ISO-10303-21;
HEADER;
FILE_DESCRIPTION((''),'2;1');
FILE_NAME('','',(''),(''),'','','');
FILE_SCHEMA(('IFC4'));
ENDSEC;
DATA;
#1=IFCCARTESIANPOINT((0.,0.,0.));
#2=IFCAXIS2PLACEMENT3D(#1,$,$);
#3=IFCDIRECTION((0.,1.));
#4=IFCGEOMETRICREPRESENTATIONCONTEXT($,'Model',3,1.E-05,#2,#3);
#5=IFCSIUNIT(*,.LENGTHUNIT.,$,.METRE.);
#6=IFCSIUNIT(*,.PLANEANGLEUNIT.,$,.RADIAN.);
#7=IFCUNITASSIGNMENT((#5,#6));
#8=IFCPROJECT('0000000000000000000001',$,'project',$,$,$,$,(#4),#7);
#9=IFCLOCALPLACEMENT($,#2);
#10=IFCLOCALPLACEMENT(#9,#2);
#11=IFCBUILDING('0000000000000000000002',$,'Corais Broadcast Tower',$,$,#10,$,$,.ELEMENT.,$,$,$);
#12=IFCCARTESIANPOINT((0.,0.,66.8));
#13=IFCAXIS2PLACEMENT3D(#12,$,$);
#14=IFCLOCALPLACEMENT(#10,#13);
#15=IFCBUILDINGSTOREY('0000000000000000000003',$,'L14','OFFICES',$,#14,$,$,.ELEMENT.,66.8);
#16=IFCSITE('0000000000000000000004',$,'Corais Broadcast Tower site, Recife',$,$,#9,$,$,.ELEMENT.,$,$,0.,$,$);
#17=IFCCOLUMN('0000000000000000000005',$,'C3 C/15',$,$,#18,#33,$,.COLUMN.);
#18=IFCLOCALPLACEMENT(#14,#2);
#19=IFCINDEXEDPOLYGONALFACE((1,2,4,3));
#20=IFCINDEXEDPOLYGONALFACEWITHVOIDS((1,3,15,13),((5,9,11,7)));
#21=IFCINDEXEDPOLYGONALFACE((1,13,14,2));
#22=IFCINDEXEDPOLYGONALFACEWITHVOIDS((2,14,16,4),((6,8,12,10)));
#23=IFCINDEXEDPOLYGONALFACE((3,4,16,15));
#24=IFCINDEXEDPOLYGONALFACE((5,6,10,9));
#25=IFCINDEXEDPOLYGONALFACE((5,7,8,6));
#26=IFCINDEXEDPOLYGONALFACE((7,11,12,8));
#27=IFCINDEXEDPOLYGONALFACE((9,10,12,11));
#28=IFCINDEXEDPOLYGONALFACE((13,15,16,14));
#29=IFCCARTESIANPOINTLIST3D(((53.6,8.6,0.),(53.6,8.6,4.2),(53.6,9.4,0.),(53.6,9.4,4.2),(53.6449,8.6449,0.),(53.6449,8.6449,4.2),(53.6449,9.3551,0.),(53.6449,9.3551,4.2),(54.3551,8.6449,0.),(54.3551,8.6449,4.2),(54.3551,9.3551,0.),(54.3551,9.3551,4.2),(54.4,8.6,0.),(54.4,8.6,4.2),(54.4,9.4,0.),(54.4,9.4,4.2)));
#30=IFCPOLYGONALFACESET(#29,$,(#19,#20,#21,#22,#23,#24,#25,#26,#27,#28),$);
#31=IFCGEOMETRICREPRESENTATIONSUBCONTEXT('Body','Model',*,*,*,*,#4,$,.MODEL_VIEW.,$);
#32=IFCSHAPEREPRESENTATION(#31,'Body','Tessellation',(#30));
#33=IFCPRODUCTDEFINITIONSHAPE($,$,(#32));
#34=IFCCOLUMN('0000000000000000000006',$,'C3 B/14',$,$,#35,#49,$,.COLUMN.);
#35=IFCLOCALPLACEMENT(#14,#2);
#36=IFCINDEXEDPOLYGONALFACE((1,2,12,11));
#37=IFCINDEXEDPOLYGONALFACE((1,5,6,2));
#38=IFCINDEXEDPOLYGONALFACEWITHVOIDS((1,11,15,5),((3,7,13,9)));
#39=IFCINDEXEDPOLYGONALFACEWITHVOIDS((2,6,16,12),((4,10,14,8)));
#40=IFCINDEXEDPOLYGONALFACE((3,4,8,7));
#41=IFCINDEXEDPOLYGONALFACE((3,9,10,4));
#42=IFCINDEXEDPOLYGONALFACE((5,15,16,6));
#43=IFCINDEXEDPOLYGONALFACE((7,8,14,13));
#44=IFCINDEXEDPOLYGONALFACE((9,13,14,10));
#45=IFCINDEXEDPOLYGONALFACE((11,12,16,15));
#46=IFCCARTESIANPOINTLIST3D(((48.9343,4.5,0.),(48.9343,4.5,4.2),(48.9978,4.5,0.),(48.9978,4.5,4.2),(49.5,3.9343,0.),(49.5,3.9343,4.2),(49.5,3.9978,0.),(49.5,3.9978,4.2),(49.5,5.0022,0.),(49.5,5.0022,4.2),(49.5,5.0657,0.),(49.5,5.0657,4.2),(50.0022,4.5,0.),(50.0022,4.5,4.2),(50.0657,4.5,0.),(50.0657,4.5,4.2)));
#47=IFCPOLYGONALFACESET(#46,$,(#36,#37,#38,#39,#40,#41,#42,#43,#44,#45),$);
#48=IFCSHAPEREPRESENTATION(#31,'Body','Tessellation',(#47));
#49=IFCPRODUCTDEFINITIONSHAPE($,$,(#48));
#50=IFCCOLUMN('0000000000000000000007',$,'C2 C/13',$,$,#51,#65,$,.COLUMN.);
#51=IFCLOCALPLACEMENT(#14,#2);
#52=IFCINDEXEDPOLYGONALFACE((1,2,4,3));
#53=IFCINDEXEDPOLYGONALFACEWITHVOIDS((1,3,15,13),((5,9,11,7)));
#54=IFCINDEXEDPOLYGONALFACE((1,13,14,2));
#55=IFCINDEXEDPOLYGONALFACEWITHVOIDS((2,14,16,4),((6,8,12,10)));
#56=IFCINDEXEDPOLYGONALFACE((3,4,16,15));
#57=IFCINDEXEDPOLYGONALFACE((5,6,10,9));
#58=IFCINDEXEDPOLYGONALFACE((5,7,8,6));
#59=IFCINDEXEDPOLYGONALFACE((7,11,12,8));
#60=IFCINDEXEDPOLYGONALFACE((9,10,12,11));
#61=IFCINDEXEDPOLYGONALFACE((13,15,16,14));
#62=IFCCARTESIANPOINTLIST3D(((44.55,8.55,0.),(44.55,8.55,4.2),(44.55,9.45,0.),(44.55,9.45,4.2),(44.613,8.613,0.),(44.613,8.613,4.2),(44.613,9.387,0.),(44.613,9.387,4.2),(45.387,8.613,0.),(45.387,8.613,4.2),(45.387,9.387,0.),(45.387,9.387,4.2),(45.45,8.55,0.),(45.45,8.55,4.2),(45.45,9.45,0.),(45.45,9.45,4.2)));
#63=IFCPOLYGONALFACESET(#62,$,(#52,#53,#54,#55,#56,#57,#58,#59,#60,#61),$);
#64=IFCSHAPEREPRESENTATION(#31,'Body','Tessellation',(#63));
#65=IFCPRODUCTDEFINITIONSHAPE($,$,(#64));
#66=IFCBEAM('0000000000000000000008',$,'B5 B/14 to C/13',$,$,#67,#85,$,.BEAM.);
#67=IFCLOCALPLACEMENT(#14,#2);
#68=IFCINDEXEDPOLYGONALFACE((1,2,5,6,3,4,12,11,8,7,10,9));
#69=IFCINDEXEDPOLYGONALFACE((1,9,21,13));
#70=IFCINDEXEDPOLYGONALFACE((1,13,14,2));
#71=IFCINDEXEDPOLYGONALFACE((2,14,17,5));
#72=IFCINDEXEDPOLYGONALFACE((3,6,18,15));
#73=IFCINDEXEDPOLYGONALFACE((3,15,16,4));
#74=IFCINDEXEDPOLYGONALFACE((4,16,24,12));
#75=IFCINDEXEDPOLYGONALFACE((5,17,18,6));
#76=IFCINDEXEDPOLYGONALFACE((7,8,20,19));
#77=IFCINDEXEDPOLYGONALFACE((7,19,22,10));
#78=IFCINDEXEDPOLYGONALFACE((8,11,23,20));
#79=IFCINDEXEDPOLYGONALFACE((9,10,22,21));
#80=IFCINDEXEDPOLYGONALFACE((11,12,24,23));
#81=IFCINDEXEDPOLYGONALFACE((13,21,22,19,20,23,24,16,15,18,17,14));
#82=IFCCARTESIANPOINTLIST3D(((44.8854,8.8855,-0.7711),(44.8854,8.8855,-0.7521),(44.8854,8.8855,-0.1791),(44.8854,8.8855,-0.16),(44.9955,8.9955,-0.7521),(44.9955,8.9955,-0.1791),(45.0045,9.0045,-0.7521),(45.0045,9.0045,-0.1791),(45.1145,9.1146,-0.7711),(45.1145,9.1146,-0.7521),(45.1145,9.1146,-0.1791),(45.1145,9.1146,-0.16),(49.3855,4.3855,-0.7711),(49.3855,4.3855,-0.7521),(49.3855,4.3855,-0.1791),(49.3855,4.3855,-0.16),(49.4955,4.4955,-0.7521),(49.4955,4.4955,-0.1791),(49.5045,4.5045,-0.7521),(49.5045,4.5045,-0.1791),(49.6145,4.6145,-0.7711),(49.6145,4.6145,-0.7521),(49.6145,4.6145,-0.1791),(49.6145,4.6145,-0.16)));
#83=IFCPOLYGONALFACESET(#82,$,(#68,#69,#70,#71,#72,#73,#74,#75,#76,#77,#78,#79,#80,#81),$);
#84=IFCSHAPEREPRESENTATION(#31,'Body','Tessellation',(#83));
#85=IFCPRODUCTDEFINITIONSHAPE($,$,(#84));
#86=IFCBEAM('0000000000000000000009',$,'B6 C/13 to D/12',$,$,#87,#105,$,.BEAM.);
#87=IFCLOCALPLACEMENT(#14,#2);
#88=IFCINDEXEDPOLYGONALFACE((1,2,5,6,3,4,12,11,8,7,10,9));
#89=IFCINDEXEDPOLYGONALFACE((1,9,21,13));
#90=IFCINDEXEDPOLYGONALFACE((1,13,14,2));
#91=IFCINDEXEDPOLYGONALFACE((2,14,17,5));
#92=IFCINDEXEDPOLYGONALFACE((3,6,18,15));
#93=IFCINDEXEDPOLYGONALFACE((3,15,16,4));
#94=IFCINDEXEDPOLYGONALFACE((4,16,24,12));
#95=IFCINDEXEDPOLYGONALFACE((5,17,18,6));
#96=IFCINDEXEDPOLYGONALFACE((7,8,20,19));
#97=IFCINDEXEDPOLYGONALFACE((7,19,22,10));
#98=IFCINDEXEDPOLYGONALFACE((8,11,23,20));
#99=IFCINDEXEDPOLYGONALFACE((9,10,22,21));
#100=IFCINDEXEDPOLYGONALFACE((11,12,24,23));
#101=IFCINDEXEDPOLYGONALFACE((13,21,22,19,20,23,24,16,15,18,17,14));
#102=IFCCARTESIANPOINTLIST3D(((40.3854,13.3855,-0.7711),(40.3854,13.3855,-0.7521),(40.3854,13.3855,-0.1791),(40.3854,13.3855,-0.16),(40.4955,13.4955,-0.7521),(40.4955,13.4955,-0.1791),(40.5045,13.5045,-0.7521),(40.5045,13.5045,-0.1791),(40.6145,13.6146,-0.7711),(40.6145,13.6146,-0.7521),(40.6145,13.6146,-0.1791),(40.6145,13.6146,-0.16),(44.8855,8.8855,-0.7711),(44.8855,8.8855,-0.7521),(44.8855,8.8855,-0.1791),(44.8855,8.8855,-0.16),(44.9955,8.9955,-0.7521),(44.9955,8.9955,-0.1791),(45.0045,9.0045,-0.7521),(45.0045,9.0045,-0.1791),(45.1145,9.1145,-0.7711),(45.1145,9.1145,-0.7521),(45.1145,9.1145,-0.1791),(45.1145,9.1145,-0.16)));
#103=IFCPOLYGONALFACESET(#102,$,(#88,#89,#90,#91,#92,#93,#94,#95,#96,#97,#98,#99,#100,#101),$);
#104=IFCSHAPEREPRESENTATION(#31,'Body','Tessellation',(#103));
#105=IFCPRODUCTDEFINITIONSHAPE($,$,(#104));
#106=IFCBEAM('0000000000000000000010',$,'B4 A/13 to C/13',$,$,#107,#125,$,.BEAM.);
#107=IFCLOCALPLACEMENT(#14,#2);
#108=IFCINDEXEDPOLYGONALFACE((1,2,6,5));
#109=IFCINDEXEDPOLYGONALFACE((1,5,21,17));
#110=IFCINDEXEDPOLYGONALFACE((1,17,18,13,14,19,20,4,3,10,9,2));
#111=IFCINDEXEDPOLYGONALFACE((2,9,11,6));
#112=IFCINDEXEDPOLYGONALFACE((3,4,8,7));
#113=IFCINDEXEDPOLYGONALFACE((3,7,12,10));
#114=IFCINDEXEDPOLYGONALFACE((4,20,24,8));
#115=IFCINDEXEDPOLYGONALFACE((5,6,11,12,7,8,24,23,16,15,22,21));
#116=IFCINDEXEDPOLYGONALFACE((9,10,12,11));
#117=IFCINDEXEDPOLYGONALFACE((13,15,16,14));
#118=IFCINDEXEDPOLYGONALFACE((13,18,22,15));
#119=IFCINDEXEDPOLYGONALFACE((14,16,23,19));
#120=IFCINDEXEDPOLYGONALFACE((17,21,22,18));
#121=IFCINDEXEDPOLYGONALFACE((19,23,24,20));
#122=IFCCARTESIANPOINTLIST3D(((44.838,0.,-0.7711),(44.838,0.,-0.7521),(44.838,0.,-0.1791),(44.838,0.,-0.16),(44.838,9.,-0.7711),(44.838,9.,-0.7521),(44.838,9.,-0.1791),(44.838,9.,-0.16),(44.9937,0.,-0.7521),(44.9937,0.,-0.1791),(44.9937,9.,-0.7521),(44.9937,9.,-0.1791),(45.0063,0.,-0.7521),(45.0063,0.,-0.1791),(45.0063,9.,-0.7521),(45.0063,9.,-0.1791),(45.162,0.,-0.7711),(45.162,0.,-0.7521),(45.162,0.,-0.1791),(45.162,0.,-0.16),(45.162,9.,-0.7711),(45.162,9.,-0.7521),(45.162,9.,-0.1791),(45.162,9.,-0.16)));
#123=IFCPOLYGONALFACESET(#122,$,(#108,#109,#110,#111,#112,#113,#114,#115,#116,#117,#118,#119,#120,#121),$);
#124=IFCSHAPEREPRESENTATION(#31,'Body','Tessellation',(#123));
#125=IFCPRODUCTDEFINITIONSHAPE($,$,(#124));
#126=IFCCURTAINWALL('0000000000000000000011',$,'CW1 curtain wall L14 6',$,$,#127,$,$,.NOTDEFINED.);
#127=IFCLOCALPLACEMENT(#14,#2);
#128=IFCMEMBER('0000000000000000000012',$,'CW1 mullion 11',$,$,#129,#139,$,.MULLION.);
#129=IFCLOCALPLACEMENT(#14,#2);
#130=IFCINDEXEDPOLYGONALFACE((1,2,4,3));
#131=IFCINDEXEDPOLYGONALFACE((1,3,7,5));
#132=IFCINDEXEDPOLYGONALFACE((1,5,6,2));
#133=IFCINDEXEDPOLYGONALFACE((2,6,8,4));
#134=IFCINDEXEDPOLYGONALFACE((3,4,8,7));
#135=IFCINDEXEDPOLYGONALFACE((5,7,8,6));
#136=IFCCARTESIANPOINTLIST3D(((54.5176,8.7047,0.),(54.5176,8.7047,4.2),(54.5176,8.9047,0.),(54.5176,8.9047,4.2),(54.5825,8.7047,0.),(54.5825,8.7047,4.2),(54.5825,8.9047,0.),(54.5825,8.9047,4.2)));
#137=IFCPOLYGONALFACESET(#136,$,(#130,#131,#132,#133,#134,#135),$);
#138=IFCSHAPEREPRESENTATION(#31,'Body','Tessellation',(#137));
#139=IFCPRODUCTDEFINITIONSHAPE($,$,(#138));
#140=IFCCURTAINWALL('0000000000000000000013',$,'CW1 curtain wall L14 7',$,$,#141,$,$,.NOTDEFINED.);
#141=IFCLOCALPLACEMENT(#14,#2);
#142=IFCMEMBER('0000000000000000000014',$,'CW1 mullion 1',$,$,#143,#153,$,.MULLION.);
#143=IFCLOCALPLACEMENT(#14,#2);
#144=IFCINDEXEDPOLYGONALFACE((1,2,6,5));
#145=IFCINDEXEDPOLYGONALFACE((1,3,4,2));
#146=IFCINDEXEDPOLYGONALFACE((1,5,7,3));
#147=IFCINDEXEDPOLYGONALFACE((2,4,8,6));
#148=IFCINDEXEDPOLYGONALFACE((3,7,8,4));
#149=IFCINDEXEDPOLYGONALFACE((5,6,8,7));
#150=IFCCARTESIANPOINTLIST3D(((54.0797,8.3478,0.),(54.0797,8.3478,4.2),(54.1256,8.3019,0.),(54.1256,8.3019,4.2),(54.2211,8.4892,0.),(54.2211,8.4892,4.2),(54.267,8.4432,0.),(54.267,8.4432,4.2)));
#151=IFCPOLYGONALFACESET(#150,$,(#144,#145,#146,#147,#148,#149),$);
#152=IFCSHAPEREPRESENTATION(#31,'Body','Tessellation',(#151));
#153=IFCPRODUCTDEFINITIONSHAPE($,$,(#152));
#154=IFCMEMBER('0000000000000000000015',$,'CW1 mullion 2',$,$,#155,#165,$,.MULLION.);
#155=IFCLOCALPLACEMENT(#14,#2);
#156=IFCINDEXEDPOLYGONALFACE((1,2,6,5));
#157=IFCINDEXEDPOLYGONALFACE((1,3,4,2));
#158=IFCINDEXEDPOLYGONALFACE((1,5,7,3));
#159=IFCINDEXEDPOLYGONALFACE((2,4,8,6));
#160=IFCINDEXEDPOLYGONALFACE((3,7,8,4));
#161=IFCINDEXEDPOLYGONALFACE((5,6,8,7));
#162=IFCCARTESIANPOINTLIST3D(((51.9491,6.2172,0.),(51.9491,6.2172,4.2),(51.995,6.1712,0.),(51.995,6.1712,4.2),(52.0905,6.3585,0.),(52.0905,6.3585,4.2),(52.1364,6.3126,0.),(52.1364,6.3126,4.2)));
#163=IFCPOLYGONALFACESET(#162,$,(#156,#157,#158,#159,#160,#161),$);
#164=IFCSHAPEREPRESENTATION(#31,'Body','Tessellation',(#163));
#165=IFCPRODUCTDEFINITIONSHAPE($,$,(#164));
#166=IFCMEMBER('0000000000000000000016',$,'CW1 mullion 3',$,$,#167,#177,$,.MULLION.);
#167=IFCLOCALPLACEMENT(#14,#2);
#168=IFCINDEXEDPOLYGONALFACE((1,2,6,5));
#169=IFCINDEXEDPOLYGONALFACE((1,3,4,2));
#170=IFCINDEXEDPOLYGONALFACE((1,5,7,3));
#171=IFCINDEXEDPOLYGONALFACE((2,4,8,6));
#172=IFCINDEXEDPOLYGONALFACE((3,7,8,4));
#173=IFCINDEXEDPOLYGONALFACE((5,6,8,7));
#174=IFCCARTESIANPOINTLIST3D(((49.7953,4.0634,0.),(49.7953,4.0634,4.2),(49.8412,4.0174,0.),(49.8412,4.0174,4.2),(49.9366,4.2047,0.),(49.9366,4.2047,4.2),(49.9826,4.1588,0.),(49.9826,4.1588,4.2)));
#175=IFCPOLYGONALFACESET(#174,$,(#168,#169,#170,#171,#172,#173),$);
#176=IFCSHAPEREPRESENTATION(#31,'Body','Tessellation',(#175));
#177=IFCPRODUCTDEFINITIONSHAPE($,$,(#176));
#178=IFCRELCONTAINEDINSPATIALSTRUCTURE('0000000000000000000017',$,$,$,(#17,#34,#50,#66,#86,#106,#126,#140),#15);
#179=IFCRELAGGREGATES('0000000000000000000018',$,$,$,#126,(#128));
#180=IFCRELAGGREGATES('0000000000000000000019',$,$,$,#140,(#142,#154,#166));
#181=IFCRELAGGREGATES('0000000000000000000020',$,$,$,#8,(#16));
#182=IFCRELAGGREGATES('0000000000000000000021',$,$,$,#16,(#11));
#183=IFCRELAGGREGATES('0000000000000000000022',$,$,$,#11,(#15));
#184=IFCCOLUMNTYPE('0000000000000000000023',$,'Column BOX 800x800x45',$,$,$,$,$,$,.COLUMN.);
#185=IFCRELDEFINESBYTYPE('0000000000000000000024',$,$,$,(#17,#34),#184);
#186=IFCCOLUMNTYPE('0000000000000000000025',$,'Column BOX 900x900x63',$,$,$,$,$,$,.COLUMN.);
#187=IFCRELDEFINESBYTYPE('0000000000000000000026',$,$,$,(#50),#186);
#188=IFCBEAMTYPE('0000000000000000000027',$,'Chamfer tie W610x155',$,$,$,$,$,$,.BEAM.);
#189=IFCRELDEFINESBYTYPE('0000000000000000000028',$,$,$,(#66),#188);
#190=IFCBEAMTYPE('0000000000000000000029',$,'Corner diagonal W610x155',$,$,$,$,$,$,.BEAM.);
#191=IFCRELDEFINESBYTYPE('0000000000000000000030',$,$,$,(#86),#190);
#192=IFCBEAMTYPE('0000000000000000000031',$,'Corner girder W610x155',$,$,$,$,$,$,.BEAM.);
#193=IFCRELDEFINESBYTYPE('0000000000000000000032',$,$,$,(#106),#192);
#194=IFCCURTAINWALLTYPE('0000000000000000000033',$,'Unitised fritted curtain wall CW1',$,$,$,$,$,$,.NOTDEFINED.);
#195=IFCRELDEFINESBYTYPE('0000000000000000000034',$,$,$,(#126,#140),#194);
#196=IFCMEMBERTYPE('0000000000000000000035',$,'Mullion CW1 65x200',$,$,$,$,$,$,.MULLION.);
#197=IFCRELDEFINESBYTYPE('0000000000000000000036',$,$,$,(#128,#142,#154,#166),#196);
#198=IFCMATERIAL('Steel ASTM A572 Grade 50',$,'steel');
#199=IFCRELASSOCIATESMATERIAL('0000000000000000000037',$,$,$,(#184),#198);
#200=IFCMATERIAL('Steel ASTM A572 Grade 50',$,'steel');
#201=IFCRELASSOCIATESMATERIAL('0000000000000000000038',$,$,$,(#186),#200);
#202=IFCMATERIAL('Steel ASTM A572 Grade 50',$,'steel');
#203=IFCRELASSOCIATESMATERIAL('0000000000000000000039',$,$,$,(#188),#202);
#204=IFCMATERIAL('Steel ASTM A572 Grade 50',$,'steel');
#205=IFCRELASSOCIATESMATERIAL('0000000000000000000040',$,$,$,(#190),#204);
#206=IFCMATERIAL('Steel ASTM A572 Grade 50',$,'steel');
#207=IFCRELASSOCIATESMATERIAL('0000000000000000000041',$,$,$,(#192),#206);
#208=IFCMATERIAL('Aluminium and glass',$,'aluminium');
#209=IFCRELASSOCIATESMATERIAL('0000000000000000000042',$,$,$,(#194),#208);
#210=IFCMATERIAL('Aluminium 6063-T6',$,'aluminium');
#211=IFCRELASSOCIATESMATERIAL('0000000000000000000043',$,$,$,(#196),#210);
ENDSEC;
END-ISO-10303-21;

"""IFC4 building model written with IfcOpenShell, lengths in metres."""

from ifc_helpers import new_model, si_unit, direction, frame, origin, origin_2d, place, context, subcontext, project, spatial, rectangle, hollow_rectangle, i_section, extrude, material, material_profile, profile_set, type_object, element, aggregate, save


model = new_model("IFC4")

# Units and contexts
model_context = context("Model", 3, precision=1e-05, world=origin(), true_north=direction((0.0, 1.0)))
body_context = subcontext(model_context, "Body", "Model", "MODEL_VIEW")
ifc_project = project(units=[si_unit("LENGTHUNIT", "METRE"), si_unit("PLANEANGLEUNIT", "RADIAN")], contexts=[model_context])

# Site, building, storey
site_placement = place(None, origin())
site = spatial("IfcSite", under=ifc_project, at=site_placement, Name="Corais Broadcast Tower site, Recife", CompositionType="ELEMENT", RefElevation=0.0)
building_placement = place(site_placement, origin())
building = spatial("IfcBuilding", under=site, at=building_placement, Name="Corais Broadcast Tower", CompositionType="ELEMENT")
storey_placement = place(building_placement, frame((0.0, 0.0, 66.8)))
storey = spatial("IfcBuildingStorey", under=building, at=storey_placement, Name="L14", Description="OFFICES", CompositionType="ELEMENT", Elevation=66.8)

# Columns
ifc_material_1 = material(Name="Steel ASTM A572 Grade 50", Category="steel")
ifc_material_profile_1 = material_profile(ifc_material_1, hollow_rectangle(XDim=0.8, YDim=0.8, WallThickness=0.0449, at=origin_2d()), Name="BOX 800x800x45")
ifc_profile_set_1 = profile_set([ifc_material_profile_1], Name="Steel ASTM A572 Grade 50")
column_type_1 = type_object("IfcColumnType", Name="Column BOX 800x800x45", PredefinedType="COLUMN", material=ifc_profile_set_1)
for number, where, z_axis, x_axis, name in (
    (1, (54.0, 9.0, 0.0), (0.0, 0.0, 1.0), (1.0, 0.0, 0.0), "C3 C/15"),
    (2, (49.5, 4.5, 0.0), (0.0, 0.0, 1.0), (0.707107, 0.707107, 0.0), "C3 B/14"),
):
    element("IfcColumn", number, at=place(storey_placement, frame(where, z_axis=z_axis, x_axis=x_axis)), inside=storey, type_object=column_type_1, Name=name, PredefinedType="COLUMN", context=body_context, shape_type="SweptSolid", body=[
        extrude(hollow_rectangle(XDim=0.8, YDim=0.8, WallThickness=0.0449, at=origin_2d()), origin(), (0.0, 0.0, 1.0), 4.2),
    ])
ifc_material_2 = material(Name="Steel ASTM A572 Grade 50", Category="steel")
ifc_material_profile_2 = material_profile(ifc_material_2, hollow_rectangle(XDim=0.8999, YDim=0.8999, WallThickness=0.063, at=origin_2d()), Name="BOX 900x900x63")
ifc_profile_set_2 = profile_set([ifc_material_profile_2], Name="Steel ASTM A572 Grade 50")
column_type_2 = type_object("IfcColumnType", Name="Column BOX 900x900x63", PredefinedType="COLUMN", material=ifc_profile_set_2)
column_placement = place(storey_placement, frame((45.0, 9.0, 0.0), z_axis=(0.0, 0.0, 1.0), x_axis=(1.0, 0.0, 0.0)))
element("IfcColumn", 3, at=column_placement, inside=storey, type_object=column_type_2, Name="C2 C/13", PredefinedType="COLUMN", context=body_context, shape_type="SweptSolid", body=[
    extrude(hollow_rectangle(XDim=0.8999, YDim=0.8999, WallThickness=0.063, at=origin_2d()), origin(), (0.0, 0.0, 1.0), 4.2),
])

# Beams
ifc_material_3 = material(Name="Steel ASTM A572 Grade 50", Category="steel")
ifc_material_profile_3 = material_profile(ifc_material_3, i_section(OverallWidth=0.324, OverallDepth=0.6111, WebThickness=0.0127, FlangeThickness=0.019, at=origin_2d()), Name="W610x155")
ifc_profile_set_3 = profile_set([ifc_material_profile_3], Name="Steel ASTM A572 Grade 50")
beam_type_1 = type_object("IfcBeamType", Name="Chamfer tie W610x155", PredefinedType="BEAM", material=ifc_profile_set_3)
beam_1_placement = place(storey_placement, frame((49.5, 4.5, -0.4656), z_axis=(-0.707107, 0.707107, 0.0), x_axis=(-0.707107, -0.707107, 0.0)))
element("IfcBeam", 4, at=beam_1_placement, inside=storey, type_object=beam_type_1, Name="B5 B/14 to C/13", PredefinedType="BEAM", context=body_context, shape_type="SweptSolid", body=[
    extrude(i_section(OverallWidth=0.324, OverallDepth=0.6111, WebThickness=0.0127, FlangeThickness=0.019, at=origin_2d()), origin(), (0.0, 0.0, 1.0), 6.364),
])
ifc_material_4 = material(Name="Steel ASTM A572 Grade 50", Category="steel")
ifc_material_profile_4 = material_profile(ifc_material_4, i_section(OverallWidth=0.324, OverallDepth=0.6111, WebThickness=0.0127, FlangeThickness=0.019, at=origin_2d()), Name="W610x155")
ifc_profile_set_4 = profile_set([ifc_material_profile_4], Name="Steel ASTM A572 Grade 50")
beam_type_2 = type_object("IfcBeamType", Name="Corner diagonal W610x155", PredefinedType="BEAM", material=ifc_profile_set_4)
beam_2_placement = place(storey_placement, frame((45.0, 9.0, -0.4656), z_axis=(-0.707107, 0.707107, 0.0), x_axis=(-0.707107, -0.707107, 0.0)))
element("IfcBeam", 5, at=beam_2_placement, inside=storey, type_object=beam_type_2, Name="B6 C/13 to D/12", PredefinedType="BEAM", context=body_context, shape_type="SweptSolid", body=[
    extrude(i_section(OverallWidth=0.324, OverallDepth=0.6111, WebThickness=0.0127, FlangeThickness=0.019, at=origin_2d()), origin(), (0.0, 0.0, 1.0), 6.364),
])
ifc_material_5 = material(Name="Steel ASTM A572 Grade 50", Category="steel")
ifc_material_profile_5 = material_profile(ifc_material_5, i_section(OverallWidth=0.324, OverallDepth=0.6111, WebThickness=0.0127, FlangeThickness=0.019, at=origin_2d()), Name="W610x155")
ifc_profile_set_5 = profile_set([ifc_material_profile_5], Name="Steel ASTM A572 Grade 50")
beam_type_3 = type_object("IfcBeamType", Name="Corner girder W610x155", PredefinedType="BEAM", material=ifc_profile_set_5)
beam_3_placement = place(storey_placement, frame((45.0, 0.0, -0.4656), z_axis=(0.0, 1.0, 0.0), x_axis=(-1.0, 0.0, 0.0)))
element("IfcBeam", 6, at=beam_3_placement, inside=storey, type_object=beam_type_3, Name="B4 A/13 to C/13", PredefinedType="BEAM", context=body_context, shape_type="SweptSolid", body=[
    extrude(i_section(OverallWidth=0.324, OverallDepth=0.6111, WebThickness=0.0127, FlangeThickness=0.019, at=origin_2d()), origin(), (0.0, 0.0, 1.0), 9.0),
])

# Curtain wall, member
ifc_material_6 = material(Name="Aluminium and glass", Category="aluminium")
curtain_wall_type = type_object("IfcCurtainWallType", Name="Unitised fritted curtain wall CW1", PredefinedType="NOTDEFINED", material=ifc_material_6)
curtain_wall_1_placement = place(storey_placement, origin())
curtain_wall_1 = element("IfcCurtainWall", 7, at=curtain_wall_1_placement, inside=storey, type_object=curtain_wall_type, Name="CW1 curtain wall L14 6", PredefinedType="NOTDEFINED")
ifc_material_7 = material(Name="Aluminium 6063-T6", Category="aluminium")
ifc_material_profile_6 = material_profile(ifc_material_7, rectangle(XDim=0.0649, YDim=0.2, at=origin_2d()), Name="Mullion CW1 65x200")
ifc_profile_set_6 = profile_set([ifc_material_profile_6], Name="Aluminium 6063-T6")
member_type_1 = type_object("IfcMemberType", Name="Mullion CW1 65x200", PredefinedType="MULLION", material=ifc_profile_set_6)
member_1_placement = place(storey_placement, frame((54.55, 8.8047, 0.0), z_axis=(0.0, 0.0, 1.0), x_axis=(1.0, 0.0, 0.0)))
member_1 = element("IfcMember", 8, at=member_1_placement, type_object=member_type_1, Name="CW1 mullion 11", PredefinedType="MULLION", context=body_context, shape_type="SweptSolid", body=[
    extrude(rectangle(XDim=0.0649, YDim=0.2, at=origin_2d()), origin(), (0.0, 0.0, 1.0), 4.2),
])
aggregate(curtain_wall_1, [member_1])

# Curtain wall, members
curtain_wall_2_placement = place(storey_placement, origin())
curtain_wall_2 = element("IfcCurtainWall", 9, at=curtain_wall_2_placement, inside=storey, type_object=curtain_wall_type, Name="CW1 curtain wall L14 7", PredefinedType="NOTDEFINED")
member_2_placement = place(storey_placement, frame((54.1733, 8.3955, 0.0), z_axis=(0.0, 0.0, 1.0), x_axis=(0.707107, -0.707107, 0.0)))
member_2 = element("IfcMember", 10, at=member_2_placement, type_object=member_type_1, Name="CW1 mullion 1", PredefinedType="MULLION", context=body_context, shape_type="SweptSolid", body=[
    extrude(rectangle(XDim=0.0649, YDim=0.2, at=origin_2d()), origin(), (0.0, 0.0, 1.0), 4.2),
])
member_3_placement = place(storey_placement, frame((52.0427, 6.2649, 0.0), z_axis=(0.0, 0.0, 1.0), x_axis=(0.707107, -0.707107, 0.0)))
member_3 = element("IfcMember", 11, at=member_3_placement, type_object=member_type_1, Name="CW1 mullion 2", PredefinedType="MULLION", context=body_context, shape_type="SweptSolid", body=[
    extrude(rectangle(XDim=0.0649, YDim=0.2, at=origin_2d()), origin(), (0.0, 0.0, 1.0), 4.2),
])
member_4_placement = place(storey_placement, frame((49.8889, 4.1111, 0.0), z_axis=(0.0, 0.0, 1.0), x_axis=(0.707107, -0.707107, 0.0)))
member_4 = element("IfcMember", 12, at=member_4_placement, type_object=member_type_1, Name="CW1 mullion 3", PredefinedType="MULLION", context=body_context, shape_type="SweptSolid", body=[
    extrude(rectangle(XDim=0.0649, YDim=0.2, at=origin_2d()), origin(), (0.0, 0.0, 1.0), 4.2),
])

aggregate(curtain_wall_2, [member_2, member_3, member_4])

save(model, "model.ifc")
